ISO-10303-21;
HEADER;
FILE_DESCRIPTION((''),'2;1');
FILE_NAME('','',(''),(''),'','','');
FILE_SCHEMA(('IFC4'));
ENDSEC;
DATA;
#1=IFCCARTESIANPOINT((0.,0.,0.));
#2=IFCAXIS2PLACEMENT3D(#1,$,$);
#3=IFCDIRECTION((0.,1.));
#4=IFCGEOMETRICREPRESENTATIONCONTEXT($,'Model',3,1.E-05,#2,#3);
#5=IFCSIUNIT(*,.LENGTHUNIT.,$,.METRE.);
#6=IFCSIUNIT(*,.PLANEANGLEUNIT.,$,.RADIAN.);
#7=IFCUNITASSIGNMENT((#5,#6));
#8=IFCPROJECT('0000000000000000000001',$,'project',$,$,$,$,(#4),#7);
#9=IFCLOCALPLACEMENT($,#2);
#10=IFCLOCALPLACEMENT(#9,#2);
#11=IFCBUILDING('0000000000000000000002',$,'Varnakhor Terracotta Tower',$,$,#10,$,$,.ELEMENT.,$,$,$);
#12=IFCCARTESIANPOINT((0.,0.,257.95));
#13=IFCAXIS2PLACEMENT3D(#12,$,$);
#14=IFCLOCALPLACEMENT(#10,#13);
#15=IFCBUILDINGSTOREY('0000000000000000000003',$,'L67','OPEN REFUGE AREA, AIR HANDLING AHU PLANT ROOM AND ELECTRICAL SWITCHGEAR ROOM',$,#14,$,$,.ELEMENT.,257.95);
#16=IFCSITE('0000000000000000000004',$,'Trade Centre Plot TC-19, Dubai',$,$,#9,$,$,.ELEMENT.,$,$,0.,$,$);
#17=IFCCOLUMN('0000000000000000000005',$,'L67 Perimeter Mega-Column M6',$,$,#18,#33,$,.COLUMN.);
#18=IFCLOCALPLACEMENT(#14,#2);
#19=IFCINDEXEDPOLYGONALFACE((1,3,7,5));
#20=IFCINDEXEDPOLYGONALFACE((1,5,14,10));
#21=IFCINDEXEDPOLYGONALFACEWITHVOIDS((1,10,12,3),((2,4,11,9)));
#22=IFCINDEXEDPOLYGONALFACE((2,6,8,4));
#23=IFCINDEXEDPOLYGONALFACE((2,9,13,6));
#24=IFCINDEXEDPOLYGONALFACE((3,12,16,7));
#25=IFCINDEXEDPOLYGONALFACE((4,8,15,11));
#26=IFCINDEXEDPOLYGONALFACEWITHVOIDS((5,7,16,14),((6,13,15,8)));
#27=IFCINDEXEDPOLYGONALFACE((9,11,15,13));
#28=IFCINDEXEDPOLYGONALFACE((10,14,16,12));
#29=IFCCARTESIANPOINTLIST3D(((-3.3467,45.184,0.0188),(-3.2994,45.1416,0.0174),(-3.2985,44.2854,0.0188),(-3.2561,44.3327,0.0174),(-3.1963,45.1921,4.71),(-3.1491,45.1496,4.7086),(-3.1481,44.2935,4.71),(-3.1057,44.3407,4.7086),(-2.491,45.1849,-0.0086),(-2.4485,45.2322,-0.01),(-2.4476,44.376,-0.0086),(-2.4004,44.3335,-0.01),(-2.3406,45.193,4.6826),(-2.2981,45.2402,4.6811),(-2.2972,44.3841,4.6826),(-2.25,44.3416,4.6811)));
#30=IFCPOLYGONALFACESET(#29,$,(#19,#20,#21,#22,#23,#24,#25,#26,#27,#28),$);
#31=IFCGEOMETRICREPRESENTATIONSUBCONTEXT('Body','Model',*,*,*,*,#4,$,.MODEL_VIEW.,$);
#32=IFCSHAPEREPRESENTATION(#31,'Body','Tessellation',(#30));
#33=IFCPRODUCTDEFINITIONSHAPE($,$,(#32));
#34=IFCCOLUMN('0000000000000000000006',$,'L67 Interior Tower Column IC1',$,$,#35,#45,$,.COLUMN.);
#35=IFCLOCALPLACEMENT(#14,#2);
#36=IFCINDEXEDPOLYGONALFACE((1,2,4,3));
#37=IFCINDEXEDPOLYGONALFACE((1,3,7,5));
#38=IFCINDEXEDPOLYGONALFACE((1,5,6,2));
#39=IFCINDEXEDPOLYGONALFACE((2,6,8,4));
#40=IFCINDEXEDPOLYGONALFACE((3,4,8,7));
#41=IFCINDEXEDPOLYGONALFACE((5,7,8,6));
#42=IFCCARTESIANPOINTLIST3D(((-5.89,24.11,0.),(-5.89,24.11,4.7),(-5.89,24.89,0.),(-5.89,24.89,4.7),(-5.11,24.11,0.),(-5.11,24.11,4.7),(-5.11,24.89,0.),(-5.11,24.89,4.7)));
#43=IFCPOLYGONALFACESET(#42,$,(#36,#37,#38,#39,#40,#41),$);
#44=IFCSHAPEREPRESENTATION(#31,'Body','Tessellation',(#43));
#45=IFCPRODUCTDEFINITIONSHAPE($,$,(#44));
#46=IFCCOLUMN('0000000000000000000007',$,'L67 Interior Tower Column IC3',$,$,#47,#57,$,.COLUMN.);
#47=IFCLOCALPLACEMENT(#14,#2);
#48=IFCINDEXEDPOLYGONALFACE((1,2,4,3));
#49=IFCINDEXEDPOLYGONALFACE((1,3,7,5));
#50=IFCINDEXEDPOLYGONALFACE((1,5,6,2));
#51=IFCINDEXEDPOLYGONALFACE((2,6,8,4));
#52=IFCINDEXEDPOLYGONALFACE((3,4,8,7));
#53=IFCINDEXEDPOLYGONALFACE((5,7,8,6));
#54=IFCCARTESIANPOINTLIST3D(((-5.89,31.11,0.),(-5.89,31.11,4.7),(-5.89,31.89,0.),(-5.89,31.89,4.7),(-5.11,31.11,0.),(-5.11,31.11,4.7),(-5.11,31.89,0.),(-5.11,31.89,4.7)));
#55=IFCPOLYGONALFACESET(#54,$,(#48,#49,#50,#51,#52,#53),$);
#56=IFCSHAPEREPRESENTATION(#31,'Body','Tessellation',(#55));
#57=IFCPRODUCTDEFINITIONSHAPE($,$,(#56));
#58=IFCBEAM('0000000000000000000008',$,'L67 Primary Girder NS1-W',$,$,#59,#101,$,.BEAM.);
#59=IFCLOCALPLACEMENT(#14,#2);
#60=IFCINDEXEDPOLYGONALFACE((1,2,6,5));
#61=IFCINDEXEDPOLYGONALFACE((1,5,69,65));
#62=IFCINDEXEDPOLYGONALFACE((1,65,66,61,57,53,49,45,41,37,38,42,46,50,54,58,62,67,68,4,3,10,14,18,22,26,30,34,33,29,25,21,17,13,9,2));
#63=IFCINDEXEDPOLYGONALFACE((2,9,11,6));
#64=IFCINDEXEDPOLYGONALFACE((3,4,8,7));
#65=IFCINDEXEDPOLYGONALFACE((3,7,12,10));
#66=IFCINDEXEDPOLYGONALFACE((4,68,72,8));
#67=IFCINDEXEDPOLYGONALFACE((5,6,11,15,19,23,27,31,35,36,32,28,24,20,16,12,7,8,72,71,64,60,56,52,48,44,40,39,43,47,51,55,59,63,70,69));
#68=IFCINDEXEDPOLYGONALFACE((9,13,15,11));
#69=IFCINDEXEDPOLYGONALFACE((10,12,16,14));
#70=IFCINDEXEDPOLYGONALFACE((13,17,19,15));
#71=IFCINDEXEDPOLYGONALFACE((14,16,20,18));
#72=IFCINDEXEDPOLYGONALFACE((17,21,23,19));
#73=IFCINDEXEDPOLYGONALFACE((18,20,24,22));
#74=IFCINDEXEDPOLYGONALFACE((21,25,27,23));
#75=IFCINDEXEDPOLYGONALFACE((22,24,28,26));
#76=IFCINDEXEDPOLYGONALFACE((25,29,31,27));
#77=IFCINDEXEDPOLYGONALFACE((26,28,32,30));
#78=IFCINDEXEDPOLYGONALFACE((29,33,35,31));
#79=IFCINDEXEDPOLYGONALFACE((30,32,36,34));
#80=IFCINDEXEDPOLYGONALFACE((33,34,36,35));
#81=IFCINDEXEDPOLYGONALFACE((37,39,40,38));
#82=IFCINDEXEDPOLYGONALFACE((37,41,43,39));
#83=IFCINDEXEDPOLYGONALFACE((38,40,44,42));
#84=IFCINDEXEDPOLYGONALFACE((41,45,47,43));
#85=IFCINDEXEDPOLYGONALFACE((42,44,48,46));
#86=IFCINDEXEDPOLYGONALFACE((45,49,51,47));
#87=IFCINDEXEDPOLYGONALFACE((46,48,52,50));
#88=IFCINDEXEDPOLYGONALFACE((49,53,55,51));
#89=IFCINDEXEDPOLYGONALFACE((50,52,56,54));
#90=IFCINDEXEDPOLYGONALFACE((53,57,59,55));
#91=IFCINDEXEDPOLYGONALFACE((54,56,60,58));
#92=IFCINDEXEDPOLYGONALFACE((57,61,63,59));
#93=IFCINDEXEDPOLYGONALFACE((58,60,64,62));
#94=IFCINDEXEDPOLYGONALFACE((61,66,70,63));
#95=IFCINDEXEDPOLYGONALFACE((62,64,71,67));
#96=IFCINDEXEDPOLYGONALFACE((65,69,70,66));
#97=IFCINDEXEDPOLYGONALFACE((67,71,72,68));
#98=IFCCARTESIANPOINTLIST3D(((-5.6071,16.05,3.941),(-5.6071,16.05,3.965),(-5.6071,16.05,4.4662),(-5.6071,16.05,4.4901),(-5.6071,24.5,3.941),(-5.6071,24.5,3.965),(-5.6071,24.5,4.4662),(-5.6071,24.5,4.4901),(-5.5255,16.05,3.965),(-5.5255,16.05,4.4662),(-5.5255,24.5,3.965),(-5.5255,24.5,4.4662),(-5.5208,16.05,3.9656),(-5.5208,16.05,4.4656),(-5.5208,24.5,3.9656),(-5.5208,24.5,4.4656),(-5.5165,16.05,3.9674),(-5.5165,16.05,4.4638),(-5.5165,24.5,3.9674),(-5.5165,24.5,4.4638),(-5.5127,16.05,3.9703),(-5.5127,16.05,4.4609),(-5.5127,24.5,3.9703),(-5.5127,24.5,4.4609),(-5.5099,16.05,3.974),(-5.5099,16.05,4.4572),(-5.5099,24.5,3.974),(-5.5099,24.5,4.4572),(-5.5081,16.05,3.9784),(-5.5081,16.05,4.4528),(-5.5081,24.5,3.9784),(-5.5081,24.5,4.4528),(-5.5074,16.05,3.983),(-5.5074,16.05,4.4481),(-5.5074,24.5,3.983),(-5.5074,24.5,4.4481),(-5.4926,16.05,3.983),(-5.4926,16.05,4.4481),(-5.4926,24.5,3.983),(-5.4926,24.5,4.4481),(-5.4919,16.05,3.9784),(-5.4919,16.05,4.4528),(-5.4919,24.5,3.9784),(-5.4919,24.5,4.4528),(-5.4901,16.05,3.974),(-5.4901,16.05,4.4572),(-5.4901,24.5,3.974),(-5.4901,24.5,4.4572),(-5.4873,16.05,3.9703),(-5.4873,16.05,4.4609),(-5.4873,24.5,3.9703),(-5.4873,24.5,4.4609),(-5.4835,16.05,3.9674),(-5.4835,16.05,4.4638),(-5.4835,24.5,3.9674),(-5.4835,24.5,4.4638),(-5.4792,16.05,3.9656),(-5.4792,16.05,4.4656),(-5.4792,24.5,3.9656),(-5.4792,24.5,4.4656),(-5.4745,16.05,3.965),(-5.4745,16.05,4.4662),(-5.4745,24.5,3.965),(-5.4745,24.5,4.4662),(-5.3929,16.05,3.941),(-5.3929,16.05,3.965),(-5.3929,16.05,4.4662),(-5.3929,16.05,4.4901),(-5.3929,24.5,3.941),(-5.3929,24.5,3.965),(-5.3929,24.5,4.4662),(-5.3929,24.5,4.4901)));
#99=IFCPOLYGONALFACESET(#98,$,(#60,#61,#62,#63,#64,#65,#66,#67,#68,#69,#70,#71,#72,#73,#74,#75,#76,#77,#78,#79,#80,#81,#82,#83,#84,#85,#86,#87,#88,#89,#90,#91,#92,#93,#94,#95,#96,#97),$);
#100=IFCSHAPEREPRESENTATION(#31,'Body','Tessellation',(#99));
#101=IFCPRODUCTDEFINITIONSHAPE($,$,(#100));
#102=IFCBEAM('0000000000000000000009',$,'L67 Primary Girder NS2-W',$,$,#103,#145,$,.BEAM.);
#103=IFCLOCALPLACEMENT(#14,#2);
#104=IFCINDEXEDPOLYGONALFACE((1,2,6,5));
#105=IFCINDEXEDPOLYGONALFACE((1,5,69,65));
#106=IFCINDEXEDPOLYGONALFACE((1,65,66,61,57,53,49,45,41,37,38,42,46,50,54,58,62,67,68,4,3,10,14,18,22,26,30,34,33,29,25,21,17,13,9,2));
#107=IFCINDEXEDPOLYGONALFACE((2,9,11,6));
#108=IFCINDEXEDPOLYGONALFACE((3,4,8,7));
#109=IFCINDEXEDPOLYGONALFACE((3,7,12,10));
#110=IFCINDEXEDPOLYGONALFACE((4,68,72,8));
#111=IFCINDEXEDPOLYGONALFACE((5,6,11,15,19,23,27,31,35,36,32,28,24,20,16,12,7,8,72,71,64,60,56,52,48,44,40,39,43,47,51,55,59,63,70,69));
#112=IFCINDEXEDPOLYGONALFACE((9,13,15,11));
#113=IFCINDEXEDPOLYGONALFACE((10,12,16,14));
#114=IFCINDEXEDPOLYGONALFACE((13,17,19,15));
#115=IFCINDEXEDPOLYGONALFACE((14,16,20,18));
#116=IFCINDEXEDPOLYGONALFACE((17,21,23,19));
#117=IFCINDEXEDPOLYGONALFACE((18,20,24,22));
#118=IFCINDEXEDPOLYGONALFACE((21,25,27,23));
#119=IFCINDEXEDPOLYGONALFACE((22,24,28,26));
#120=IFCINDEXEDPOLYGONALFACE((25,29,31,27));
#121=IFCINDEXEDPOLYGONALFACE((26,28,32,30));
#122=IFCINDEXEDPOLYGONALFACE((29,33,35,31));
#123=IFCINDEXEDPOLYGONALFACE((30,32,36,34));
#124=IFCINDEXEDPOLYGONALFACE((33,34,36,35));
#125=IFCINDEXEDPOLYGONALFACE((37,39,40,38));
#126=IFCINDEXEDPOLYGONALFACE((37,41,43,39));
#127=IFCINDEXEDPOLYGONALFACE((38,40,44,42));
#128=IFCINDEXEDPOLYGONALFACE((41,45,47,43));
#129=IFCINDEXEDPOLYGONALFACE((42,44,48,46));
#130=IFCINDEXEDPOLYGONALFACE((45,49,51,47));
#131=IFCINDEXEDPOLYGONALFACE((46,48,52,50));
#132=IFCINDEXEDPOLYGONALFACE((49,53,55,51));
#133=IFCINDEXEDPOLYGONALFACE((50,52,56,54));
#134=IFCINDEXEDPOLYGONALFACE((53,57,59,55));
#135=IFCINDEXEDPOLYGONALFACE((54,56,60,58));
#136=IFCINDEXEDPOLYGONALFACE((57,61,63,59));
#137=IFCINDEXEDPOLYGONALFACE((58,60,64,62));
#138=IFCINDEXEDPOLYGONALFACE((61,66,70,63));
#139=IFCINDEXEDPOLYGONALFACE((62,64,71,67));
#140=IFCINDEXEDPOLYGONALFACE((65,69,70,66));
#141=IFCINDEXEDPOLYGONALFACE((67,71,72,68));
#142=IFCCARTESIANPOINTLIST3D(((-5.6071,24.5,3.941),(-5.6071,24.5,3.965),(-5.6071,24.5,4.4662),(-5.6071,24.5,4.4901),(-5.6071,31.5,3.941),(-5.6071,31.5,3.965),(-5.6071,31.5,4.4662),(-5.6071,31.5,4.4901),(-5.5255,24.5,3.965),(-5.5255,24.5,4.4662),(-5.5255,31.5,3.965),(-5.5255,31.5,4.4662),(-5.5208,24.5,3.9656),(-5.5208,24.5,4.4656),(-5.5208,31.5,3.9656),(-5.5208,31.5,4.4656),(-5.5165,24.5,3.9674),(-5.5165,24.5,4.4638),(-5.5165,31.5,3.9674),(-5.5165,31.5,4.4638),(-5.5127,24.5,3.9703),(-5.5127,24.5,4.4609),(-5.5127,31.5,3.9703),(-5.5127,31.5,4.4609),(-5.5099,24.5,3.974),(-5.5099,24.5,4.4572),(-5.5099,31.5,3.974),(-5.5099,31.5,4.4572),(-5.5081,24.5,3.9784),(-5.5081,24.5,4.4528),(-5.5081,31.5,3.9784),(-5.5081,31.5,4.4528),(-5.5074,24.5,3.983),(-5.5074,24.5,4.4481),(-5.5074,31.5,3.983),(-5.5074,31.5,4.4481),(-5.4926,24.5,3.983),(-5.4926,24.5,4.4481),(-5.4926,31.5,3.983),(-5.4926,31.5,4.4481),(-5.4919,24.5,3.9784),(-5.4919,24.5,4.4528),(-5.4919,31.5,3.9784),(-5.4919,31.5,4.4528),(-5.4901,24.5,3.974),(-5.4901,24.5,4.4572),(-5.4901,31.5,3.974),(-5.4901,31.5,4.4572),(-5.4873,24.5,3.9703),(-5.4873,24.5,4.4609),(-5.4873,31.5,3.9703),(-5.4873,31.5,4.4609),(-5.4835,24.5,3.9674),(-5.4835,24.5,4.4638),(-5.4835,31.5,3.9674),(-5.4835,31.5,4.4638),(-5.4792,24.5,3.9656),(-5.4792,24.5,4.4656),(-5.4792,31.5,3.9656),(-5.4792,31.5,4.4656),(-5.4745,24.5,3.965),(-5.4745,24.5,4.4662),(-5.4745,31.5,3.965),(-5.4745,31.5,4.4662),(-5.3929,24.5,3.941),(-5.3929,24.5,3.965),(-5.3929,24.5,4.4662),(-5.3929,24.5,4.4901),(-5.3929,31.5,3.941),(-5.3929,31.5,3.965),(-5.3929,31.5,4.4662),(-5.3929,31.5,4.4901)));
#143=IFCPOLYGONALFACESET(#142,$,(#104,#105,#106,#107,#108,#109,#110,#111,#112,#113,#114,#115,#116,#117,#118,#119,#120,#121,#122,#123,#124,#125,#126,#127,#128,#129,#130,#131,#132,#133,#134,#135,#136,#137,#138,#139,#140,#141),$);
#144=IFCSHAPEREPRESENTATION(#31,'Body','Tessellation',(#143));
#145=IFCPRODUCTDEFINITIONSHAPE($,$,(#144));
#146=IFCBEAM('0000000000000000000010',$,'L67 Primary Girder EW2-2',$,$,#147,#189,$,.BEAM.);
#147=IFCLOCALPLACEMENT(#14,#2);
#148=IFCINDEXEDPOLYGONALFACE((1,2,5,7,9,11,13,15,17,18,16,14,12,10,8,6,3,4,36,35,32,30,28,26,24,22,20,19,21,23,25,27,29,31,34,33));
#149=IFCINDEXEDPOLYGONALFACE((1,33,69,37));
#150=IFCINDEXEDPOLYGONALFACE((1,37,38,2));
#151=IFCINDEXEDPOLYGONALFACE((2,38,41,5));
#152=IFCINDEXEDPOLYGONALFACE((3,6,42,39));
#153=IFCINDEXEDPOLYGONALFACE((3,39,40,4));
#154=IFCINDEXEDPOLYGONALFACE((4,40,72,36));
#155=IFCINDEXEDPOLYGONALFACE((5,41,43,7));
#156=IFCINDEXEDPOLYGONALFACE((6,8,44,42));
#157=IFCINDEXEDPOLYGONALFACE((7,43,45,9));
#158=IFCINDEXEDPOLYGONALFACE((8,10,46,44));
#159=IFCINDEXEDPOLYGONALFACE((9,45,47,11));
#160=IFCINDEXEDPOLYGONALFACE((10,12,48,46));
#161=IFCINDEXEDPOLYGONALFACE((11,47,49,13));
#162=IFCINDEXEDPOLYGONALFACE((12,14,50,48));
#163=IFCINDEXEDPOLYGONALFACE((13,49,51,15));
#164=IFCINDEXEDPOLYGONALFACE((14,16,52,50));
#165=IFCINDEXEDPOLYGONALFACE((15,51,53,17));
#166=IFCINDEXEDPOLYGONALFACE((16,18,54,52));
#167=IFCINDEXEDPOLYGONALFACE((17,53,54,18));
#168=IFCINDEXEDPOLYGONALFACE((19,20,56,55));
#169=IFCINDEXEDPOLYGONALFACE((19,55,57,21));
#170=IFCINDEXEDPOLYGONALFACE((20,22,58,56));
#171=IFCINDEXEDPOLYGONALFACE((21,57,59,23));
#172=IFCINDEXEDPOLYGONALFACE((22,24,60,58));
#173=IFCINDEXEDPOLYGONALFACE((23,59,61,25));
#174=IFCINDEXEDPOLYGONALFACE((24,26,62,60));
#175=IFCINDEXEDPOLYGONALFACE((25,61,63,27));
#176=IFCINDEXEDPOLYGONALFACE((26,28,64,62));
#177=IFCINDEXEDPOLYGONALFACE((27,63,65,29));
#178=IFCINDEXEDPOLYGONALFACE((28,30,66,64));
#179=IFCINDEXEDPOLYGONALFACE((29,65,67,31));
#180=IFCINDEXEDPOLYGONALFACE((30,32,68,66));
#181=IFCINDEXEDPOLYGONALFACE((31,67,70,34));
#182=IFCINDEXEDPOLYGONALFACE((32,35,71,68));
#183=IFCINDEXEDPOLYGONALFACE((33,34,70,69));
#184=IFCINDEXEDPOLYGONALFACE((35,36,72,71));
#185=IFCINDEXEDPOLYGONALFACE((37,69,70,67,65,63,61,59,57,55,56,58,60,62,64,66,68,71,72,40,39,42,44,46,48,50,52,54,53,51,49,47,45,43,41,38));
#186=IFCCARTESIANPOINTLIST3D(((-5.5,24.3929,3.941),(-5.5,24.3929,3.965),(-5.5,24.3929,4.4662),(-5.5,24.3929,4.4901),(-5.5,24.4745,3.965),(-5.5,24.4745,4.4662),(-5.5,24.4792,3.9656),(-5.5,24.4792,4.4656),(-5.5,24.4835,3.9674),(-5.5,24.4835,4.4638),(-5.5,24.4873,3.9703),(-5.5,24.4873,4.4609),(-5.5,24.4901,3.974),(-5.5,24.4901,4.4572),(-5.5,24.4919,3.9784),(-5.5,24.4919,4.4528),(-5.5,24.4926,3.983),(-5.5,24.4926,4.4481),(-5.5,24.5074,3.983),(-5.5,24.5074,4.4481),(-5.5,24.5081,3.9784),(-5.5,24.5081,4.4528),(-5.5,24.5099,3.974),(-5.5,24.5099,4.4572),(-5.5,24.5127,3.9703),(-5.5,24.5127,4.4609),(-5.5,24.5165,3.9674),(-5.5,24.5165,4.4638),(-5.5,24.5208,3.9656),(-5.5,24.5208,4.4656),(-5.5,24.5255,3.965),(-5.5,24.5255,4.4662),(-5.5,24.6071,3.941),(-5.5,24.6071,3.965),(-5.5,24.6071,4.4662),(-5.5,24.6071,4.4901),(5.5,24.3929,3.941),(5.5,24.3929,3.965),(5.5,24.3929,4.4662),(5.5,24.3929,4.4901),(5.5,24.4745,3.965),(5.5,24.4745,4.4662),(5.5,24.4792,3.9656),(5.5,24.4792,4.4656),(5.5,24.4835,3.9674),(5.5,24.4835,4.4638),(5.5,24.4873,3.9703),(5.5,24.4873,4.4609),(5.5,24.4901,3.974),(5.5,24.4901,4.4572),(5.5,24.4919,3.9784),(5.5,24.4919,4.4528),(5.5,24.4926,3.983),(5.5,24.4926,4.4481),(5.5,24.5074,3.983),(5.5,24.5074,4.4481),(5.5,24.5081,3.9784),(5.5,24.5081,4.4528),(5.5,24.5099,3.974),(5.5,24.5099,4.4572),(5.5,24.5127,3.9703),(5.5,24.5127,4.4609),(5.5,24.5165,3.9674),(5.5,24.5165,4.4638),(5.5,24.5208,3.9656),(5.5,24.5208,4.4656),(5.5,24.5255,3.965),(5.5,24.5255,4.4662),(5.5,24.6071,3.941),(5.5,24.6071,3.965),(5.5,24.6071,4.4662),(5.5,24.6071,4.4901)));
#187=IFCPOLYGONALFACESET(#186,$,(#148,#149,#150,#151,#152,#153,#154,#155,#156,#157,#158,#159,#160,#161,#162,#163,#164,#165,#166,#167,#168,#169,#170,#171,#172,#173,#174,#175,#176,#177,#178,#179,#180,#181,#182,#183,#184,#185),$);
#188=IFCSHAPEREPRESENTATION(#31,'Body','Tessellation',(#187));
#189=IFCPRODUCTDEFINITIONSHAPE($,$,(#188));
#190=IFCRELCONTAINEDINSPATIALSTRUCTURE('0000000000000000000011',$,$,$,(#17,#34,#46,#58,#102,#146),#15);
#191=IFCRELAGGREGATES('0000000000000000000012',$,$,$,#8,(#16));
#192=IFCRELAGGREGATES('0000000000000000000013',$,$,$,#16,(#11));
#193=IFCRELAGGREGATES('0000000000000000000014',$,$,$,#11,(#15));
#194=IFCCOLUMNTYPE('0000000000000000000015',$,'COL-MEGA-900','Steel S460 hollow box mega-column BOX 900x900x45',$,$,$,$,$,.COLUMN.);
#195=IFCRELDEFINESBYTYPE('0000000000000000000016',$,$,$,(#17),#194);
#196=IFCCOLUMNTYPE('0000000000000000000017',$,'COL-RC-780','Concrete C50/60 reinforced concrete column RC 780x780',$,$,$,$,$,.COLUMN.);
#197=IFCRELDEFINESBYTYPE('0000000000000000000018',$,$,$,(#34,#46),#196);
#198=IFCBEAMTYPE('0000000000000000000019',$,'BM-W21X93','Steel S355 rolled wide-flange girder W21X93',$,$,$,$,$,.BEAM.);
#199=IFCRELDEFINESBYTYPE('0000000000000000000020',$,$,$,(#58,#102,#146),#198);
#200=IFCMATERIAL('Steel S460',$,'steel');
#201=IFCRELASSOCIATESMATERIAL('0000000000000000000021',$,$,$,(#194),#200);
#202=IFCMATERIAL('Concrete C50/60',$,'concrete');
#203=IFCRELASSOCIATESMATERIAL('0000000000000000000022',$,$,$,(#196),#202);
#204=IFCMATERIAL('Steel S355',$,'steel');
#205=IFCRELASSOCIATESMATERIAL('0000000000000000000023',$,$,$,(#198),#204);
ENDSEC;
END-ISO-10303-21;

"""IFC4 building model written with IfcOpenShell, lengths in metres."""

from ifc_helpers import new_model, si_unit, direction, frame, origin, origin_2d, place, context, subcontext, project, spatial, rectangle, hollow_rectangle, i_section, extrude, source, transform, mapped, material, material_profile, profile_set, type_object, type_shapes, element, save


model = new_model("IFC4")

# Units and contexts
model_context = context("Model", 3, precision=1e-05, world=origin(), true_north=direction((0.0, 1.0)))
body_context = subcontext(model_context, "Body", "Model", "MODEL_VIEW")
ifc_project = project(units=[si_unit("LENGTHUNIT", "METRE"), si_unit("PLANEANGLEUNIT", "RADIAN")], contexts=[model_context])

# Site, building, storey
site_placement = place(None, origin())
site = spatial("IfcSite", under=ifc_project, at=site_placement, Name="Trade Centre Plot TC-19, Dubai", CompositionType="ELEMENT", RefElevation=0.0)
building_placement = place(site_placement, origin())
building = spatial("IfcBuilding", under=site, at=building_placement, Name="Varnakhor Terracotta Tower", CompositionType="ELEMENT")
storey_placement = place(building_placement, frame((0.0, 0.0, 257.95)))
storey = spatial("IfcBuildingStorey", under=building, at=storey_placement, Name="L67", Description="OPEN REFUGE AREA, AIR HANDLING AHU PLANT ROOM AND ELECTRICAL SWITCHGEAR ROOM", CompositionType="ELEMENT", Elevation=257.95)

# Columns
ifc_material_1 = material(Name="Steel S460", Category="steel")
ifc_material_profile_1 = material_profile(ifc_material_1, hollow_rectangle(XDim=0.8999, YDim=0.8999, WallThickness=0.0449, at=origin_2d()), Name="BOX 900x900x45")
ifc_profile_set_1 = profile_set([ifc_material_profile_1], Name="Steel S460")
column_type_1 = type_object("IfcColumnType", Name="COL-MEGA-900", Description="Steel S460 hollow box mega-column BOX 900x900x45", PredefinedType="COLUMN", material=ifc_profile_set_1)
shared_shape_1 = source(origin(), body_context, "Body", "SweptSolid", [
    extrude(hollow_rectangle(XDim=0.8999, YDim=0.8999, WallThickness=0.0449, at=origin_2d()), origin(), (0.0, 0.0, 1.0), 4.6936),
])
column_placement = place(storey_placement, frame((-2.8735, 44.7588, 0.0044), z_axis=(0.032042, 0.001717, 0.999485), x_axis=(-0.053495, 0.998568, 0.0)))
element("IfcColumn", 1, at=column_placement, inside=storey, type_object=column_type_1, Name="L67 Perimeter Mega-Column M6", PredefinedType="COLUMN", context=body_context, shape_type="MappedRepresentation", body=[
    mapped(shared_shape_1, transform((0.0, 0.0, 0.0), scale=1.0)),
])
ifc_material_2 = material(Name="Concrete C50/60", Category="concrete")
ifc_material_profile_2 = material_profile(ifc_material_2, rectangle(XDim=0.78, YDim=0.78, at=origin_2d()), Name="RC 780x780")
ifc_profile_set_2 = profile_set([ifc_material_profile_2], Name="Concrete C50/60")
column_type_2 = type_object("IfcColumnType", Name="COL-RC-780", Description="Concrete C50/60 reinforced concrete column RC 780x780", PredefinedType="COLUMN", material=ifc_profile_set_2)
shared_shape_2 = source(origin(), body_context, "Body", "SweptSolid", [
    extrude(rectangle(XDim=0.78, YDim=0.78, at=origin_2d()), origin(), (0.0, 0.0, 1.0), 4.7),
])
for number, where, z_axis, x_axis, name in (
    (2, (-5.5, 24.5, 0.0), (0.0, 0.0, 1.0), (1.0, 0.0, 0.0), "L67 Interior Tower Column IC1"),
    (3, (-5.5, 31.5, 0.0), (0.0, 0.0, 1.0), (1.0, 0.0, 0.0), "L67 Interior Tower Column IC3"),
):
    element("IfcColumn", number, at=place(storey_placement, frame(where, z_axis=z_axis, x_axis=x_axis)), inside=storey, type_object=column_type_2, Name=name, PredefinedType="COLUMN", context=body_context, shape_type="MappedRepresentation", body=[
        mapped(shared_shape_2, transform((0.0, 0.0, 0.0), scale=1.0)),
    ])

# Beams
ifc_material_3 = material(Name="Steel S355", Category="steel")
ifc_material_profile_3 = material_profile(ifc_material_3, i_section(OverallWidth=0.2141, OverallDepth=0.5491, WebThickness=0.0149, FlangeThickness=0.0239, FilletRadius=0.0181, at=origin_2d()), Name="W21X93")
ifc_profile_set_3 = profile_set([ifc_material_profile_3], Name="Steel S355")
beam_type_1 = type_object("IfcBeamType", Name="BM-W21X93", Description="Steel S355 rolled wide-flange girder W21X93", PredefinedType="BEAM", material=ifc_profile_set_3)
shared_shape_3 = source(origin(), body_context, "Body", "SweptSolid", [
    extrude(i_section(OverallWidth=0.2141, OverallDepth=0.5491, WebThickness=0.0149, FlangeThickness=0.0239, FilletRadius=0.0181, at=origin_2d()), origin(), (0.0, 0.0, 1.0), 8.45),
])
type_shapes(beam_type_1, [shared_shape_3])
beam_1_placement = place(storey_placement, frame((-5.5, 16.05, 4.2156), z_axis=(0.0, 1.0, 0.0), x_axis=(-1.0, 0.0, 0.0)))
element("IfcBeam", 4, at=beam_1_placement, inside=storey, type_object=beam_type_1, Name="L67 Primary Girder NS1-W", PredefinedType="BEAM", context=body_context, shape_type="MappedRepresentation", body=[
    mapped(shared_shape_3, transform((0.0, 0.0, 0.0), scale=1.0)),
])
shared_shape_4 = source(origin(), body_context, "Body", "SweptSolid", [
    extrude(i_section(OverallWidth=0.2141, OverallDepth=0.5491, WebThickness=0.0149, FlangeThickness=0.0239, FilletRadius=0.0181, at=origin_2d()), origin(), (0.0, 0.0, 1.0), 7.0),
])
beam_2_placement = place(storey_placement, frame((-5.5, 24.5, 4.2156), z_axis=(0.0, 1.0, 0.0), x_axis=(-1.0, 0.0, 0.0)))
element("IfcBeam", 5, at=beam_2_placement, inside=storey, type_object=beam_type_1, Name="L67 Primary Girder NS2-W", PredefinedType="BEAM", context=body_context, shape_type="MappedRepresentation", body=[
    mapped(shared_shape_4, transform((0.0, 0.0, 0.0), scale=1.0)),
])
shared_shape_5 = source(origin(), body_context, "Body", "SweptSolid", [
    extrude(i_section(OverallWidth=0.2141, OverallDepth=0.5491, WebThickness=0.0149, FlangeThickness=0.0239, FilletRadius=0.0181, at=origin_2d()), origin(), (0.0, 0.0, 1.0), 11.0),
])
for number, where, z_axis, x_axis, name in (
    (6, (-5.5, 24.5, 4.2156), (1.0, 0.0, 0.0), (0.0, 1.0, 0.0), "L67 Primary Girder EW2-2"),
):
    element("IfcBeam", number, at=place(storey_placement, frame(where, z_axis=z_axis, x_axis=x_axis)), inside=storey, type_object=beam_type_1, Name=name, PredefinedType="BEAM", context=body_context, shape_type="MappedRepresentation", body=[
        mapped(shared_shape_5, transform((0.0, 0.0, 0.0), scale=1.0)),
    ])

save(model, "model.ifc")
